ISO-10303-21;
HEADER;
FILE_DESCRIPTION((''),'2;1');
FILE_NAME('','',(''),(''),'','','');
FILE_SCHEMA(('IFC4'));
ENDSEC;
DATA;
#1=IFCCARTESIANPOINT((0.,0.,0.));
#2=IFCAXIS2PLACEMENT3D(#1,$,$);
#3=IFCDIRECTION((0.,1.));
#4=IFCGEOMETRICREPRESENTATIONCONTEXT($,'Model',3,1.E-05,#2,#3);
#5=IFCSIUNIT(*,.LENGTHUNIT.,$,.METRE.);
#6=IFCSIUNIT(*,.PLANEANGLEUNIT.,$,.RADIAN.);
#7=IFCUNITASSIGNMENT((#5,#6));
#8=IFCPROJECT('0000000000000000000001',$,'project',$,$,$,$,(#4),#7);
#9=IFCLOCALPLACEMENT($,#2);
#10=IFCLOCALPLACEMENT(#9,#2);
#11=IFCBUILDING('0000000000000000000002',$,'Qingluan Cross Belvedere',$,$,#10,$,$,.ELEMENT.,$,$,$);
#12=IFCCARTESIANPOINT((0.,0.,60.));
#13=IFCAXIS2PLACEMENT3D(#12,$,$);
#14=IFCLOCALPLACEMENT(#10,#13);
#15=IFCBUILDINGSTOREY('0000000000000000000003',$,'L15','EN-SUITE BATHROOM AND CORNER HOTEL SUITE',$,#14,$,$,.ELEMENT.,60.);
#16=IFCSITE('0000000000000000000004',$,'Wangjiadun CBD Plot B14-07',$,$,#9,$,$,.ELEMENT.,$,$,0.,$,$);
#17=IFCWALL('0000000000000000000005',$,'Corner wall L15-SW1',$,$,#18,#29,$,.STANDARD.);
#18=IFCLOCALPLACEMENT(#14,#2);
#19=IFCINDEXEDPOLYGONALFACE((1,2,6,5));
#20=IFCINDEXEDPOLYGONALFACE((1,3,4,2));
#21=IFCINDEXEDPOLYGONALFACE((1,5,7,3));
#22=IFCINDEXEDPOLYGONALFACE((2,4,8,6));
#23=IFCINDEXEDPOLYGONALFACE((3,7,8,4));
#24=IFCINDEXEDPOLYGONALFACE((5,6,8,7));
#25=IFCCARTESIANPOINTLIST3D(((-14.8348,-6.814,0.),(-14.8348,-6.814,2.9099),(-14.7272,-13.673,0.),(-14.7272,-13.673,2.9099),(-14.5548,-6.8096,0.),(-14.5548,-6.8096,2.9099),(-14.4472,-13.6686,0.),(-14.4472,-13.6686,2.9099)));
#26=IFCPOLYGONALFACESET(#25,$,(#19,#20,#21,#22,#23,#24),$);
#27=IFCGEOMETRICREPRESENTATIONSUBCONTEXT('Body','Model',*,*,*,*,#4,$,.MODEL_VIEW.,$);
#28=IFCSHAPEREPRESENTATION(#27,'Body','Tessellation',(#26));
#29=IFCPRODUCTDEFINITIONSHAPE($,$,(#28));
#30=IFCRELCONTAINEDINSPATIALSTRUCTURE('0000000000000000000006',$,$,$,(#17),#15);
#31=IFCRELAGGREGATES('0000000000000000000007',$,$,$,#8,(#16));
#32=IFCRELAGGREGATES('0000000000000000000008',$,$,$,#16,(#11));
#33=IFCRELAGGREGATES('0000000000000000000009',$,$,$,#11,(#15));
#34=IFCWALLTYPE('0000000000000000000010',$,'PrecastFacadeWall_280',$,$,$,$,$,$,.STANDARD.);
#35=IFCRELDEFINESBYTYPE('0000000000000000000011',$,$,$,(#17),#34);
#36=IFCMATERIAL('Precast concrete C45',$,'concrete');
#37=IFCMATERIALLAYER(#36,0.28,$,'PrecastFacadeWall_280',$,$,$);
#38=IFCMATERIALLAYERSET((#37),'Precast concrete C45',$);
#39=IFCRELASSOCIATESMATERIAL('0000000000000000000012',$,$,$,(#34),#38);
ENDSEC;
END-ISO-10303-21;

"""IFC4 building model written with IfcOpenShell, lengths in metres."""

from ifc_helpers import new_model, si_unit, direction, frame, frame_2d, origin, place, context, subcontext, project, spatial, rectangle, extrude, material, layer, layer_set, type_object, element, save


model = new_model("IFC4")

# Units and contexts
model_context = context("Model", 3, precision=1e-05, world=origin(), true_north=direction((0.0, 1.0)))
body_context = subcontext(model_context, "Body", "Model", "MODEL_VIEW")
ifc_project = project(units=[si_unit("LENGTHUNIT", "METRE"), si_unit("PLANEANGLEUNIT", "RADIAN")], contexts=[model_context])

# Site, building, storey
site_placement = place(None, origin())
site = spatial("IfcSite", under=ifc_project, at=site_placement, Name="Wangjiadun CBD Plot B14-07", CompositionType="ELEMENT", RefElevation=0.0)
building_placement = place(site_placement, origin())
building = spatial("IfcBuilding", under=site, at=building_placement, Name="Qingluan Cross Belvedere", CompositionType="ELEMENT")
storey_placement = place(building_placement, frame((0.0, 0.0, 60.0)))
storey = spatial("IfcBuildingStorey", under=building, at=storey_placement, Name="L15", Description="EN-SUITE BATHROOM AND CORNER HOTEL SUITE", CompositionType="ELEMENT", Elevation=60.0)

# Wall
ifc_material_1 = material(Name="Precast concrete C45", Category="concrete")
ifc_layer_1 = layer(ifc_material_1, 0.28, Name="PrecastFacadeWall_280")
ifc_layer_set_1 = layer_set([ifc_layer_1], Name="Precast concrete C45")
wall_type_1 = type_object("IfcWallType", Name="PrecastFacadeWall_280", PredefinedType="STANDARD", material=ifc_layer_set_1)
wall_1_placement = place(storey_placement, frame((-14.6948, -6.8118, 0.0), z_axis=(0.0, 0.0, 1.0), x_axis=(0.015695, -0.999877, 0.0)))
element("IfcWall", 1, at=wall_1_placement, inside=storey, type_object=wall_type_1, Name="Corner wall L15-SW1", PredefinedType="STANDARD", context=body_context, shape_type="SweptSolid", body=[
    extrude(rectangle(XDim=6.8599, YDim=0.28, at=frame_2d((3.4299, 0.0))), origin(), (0.0, 0.0, 1.0), 2.9099),
])

save(model, "model.ifc")
